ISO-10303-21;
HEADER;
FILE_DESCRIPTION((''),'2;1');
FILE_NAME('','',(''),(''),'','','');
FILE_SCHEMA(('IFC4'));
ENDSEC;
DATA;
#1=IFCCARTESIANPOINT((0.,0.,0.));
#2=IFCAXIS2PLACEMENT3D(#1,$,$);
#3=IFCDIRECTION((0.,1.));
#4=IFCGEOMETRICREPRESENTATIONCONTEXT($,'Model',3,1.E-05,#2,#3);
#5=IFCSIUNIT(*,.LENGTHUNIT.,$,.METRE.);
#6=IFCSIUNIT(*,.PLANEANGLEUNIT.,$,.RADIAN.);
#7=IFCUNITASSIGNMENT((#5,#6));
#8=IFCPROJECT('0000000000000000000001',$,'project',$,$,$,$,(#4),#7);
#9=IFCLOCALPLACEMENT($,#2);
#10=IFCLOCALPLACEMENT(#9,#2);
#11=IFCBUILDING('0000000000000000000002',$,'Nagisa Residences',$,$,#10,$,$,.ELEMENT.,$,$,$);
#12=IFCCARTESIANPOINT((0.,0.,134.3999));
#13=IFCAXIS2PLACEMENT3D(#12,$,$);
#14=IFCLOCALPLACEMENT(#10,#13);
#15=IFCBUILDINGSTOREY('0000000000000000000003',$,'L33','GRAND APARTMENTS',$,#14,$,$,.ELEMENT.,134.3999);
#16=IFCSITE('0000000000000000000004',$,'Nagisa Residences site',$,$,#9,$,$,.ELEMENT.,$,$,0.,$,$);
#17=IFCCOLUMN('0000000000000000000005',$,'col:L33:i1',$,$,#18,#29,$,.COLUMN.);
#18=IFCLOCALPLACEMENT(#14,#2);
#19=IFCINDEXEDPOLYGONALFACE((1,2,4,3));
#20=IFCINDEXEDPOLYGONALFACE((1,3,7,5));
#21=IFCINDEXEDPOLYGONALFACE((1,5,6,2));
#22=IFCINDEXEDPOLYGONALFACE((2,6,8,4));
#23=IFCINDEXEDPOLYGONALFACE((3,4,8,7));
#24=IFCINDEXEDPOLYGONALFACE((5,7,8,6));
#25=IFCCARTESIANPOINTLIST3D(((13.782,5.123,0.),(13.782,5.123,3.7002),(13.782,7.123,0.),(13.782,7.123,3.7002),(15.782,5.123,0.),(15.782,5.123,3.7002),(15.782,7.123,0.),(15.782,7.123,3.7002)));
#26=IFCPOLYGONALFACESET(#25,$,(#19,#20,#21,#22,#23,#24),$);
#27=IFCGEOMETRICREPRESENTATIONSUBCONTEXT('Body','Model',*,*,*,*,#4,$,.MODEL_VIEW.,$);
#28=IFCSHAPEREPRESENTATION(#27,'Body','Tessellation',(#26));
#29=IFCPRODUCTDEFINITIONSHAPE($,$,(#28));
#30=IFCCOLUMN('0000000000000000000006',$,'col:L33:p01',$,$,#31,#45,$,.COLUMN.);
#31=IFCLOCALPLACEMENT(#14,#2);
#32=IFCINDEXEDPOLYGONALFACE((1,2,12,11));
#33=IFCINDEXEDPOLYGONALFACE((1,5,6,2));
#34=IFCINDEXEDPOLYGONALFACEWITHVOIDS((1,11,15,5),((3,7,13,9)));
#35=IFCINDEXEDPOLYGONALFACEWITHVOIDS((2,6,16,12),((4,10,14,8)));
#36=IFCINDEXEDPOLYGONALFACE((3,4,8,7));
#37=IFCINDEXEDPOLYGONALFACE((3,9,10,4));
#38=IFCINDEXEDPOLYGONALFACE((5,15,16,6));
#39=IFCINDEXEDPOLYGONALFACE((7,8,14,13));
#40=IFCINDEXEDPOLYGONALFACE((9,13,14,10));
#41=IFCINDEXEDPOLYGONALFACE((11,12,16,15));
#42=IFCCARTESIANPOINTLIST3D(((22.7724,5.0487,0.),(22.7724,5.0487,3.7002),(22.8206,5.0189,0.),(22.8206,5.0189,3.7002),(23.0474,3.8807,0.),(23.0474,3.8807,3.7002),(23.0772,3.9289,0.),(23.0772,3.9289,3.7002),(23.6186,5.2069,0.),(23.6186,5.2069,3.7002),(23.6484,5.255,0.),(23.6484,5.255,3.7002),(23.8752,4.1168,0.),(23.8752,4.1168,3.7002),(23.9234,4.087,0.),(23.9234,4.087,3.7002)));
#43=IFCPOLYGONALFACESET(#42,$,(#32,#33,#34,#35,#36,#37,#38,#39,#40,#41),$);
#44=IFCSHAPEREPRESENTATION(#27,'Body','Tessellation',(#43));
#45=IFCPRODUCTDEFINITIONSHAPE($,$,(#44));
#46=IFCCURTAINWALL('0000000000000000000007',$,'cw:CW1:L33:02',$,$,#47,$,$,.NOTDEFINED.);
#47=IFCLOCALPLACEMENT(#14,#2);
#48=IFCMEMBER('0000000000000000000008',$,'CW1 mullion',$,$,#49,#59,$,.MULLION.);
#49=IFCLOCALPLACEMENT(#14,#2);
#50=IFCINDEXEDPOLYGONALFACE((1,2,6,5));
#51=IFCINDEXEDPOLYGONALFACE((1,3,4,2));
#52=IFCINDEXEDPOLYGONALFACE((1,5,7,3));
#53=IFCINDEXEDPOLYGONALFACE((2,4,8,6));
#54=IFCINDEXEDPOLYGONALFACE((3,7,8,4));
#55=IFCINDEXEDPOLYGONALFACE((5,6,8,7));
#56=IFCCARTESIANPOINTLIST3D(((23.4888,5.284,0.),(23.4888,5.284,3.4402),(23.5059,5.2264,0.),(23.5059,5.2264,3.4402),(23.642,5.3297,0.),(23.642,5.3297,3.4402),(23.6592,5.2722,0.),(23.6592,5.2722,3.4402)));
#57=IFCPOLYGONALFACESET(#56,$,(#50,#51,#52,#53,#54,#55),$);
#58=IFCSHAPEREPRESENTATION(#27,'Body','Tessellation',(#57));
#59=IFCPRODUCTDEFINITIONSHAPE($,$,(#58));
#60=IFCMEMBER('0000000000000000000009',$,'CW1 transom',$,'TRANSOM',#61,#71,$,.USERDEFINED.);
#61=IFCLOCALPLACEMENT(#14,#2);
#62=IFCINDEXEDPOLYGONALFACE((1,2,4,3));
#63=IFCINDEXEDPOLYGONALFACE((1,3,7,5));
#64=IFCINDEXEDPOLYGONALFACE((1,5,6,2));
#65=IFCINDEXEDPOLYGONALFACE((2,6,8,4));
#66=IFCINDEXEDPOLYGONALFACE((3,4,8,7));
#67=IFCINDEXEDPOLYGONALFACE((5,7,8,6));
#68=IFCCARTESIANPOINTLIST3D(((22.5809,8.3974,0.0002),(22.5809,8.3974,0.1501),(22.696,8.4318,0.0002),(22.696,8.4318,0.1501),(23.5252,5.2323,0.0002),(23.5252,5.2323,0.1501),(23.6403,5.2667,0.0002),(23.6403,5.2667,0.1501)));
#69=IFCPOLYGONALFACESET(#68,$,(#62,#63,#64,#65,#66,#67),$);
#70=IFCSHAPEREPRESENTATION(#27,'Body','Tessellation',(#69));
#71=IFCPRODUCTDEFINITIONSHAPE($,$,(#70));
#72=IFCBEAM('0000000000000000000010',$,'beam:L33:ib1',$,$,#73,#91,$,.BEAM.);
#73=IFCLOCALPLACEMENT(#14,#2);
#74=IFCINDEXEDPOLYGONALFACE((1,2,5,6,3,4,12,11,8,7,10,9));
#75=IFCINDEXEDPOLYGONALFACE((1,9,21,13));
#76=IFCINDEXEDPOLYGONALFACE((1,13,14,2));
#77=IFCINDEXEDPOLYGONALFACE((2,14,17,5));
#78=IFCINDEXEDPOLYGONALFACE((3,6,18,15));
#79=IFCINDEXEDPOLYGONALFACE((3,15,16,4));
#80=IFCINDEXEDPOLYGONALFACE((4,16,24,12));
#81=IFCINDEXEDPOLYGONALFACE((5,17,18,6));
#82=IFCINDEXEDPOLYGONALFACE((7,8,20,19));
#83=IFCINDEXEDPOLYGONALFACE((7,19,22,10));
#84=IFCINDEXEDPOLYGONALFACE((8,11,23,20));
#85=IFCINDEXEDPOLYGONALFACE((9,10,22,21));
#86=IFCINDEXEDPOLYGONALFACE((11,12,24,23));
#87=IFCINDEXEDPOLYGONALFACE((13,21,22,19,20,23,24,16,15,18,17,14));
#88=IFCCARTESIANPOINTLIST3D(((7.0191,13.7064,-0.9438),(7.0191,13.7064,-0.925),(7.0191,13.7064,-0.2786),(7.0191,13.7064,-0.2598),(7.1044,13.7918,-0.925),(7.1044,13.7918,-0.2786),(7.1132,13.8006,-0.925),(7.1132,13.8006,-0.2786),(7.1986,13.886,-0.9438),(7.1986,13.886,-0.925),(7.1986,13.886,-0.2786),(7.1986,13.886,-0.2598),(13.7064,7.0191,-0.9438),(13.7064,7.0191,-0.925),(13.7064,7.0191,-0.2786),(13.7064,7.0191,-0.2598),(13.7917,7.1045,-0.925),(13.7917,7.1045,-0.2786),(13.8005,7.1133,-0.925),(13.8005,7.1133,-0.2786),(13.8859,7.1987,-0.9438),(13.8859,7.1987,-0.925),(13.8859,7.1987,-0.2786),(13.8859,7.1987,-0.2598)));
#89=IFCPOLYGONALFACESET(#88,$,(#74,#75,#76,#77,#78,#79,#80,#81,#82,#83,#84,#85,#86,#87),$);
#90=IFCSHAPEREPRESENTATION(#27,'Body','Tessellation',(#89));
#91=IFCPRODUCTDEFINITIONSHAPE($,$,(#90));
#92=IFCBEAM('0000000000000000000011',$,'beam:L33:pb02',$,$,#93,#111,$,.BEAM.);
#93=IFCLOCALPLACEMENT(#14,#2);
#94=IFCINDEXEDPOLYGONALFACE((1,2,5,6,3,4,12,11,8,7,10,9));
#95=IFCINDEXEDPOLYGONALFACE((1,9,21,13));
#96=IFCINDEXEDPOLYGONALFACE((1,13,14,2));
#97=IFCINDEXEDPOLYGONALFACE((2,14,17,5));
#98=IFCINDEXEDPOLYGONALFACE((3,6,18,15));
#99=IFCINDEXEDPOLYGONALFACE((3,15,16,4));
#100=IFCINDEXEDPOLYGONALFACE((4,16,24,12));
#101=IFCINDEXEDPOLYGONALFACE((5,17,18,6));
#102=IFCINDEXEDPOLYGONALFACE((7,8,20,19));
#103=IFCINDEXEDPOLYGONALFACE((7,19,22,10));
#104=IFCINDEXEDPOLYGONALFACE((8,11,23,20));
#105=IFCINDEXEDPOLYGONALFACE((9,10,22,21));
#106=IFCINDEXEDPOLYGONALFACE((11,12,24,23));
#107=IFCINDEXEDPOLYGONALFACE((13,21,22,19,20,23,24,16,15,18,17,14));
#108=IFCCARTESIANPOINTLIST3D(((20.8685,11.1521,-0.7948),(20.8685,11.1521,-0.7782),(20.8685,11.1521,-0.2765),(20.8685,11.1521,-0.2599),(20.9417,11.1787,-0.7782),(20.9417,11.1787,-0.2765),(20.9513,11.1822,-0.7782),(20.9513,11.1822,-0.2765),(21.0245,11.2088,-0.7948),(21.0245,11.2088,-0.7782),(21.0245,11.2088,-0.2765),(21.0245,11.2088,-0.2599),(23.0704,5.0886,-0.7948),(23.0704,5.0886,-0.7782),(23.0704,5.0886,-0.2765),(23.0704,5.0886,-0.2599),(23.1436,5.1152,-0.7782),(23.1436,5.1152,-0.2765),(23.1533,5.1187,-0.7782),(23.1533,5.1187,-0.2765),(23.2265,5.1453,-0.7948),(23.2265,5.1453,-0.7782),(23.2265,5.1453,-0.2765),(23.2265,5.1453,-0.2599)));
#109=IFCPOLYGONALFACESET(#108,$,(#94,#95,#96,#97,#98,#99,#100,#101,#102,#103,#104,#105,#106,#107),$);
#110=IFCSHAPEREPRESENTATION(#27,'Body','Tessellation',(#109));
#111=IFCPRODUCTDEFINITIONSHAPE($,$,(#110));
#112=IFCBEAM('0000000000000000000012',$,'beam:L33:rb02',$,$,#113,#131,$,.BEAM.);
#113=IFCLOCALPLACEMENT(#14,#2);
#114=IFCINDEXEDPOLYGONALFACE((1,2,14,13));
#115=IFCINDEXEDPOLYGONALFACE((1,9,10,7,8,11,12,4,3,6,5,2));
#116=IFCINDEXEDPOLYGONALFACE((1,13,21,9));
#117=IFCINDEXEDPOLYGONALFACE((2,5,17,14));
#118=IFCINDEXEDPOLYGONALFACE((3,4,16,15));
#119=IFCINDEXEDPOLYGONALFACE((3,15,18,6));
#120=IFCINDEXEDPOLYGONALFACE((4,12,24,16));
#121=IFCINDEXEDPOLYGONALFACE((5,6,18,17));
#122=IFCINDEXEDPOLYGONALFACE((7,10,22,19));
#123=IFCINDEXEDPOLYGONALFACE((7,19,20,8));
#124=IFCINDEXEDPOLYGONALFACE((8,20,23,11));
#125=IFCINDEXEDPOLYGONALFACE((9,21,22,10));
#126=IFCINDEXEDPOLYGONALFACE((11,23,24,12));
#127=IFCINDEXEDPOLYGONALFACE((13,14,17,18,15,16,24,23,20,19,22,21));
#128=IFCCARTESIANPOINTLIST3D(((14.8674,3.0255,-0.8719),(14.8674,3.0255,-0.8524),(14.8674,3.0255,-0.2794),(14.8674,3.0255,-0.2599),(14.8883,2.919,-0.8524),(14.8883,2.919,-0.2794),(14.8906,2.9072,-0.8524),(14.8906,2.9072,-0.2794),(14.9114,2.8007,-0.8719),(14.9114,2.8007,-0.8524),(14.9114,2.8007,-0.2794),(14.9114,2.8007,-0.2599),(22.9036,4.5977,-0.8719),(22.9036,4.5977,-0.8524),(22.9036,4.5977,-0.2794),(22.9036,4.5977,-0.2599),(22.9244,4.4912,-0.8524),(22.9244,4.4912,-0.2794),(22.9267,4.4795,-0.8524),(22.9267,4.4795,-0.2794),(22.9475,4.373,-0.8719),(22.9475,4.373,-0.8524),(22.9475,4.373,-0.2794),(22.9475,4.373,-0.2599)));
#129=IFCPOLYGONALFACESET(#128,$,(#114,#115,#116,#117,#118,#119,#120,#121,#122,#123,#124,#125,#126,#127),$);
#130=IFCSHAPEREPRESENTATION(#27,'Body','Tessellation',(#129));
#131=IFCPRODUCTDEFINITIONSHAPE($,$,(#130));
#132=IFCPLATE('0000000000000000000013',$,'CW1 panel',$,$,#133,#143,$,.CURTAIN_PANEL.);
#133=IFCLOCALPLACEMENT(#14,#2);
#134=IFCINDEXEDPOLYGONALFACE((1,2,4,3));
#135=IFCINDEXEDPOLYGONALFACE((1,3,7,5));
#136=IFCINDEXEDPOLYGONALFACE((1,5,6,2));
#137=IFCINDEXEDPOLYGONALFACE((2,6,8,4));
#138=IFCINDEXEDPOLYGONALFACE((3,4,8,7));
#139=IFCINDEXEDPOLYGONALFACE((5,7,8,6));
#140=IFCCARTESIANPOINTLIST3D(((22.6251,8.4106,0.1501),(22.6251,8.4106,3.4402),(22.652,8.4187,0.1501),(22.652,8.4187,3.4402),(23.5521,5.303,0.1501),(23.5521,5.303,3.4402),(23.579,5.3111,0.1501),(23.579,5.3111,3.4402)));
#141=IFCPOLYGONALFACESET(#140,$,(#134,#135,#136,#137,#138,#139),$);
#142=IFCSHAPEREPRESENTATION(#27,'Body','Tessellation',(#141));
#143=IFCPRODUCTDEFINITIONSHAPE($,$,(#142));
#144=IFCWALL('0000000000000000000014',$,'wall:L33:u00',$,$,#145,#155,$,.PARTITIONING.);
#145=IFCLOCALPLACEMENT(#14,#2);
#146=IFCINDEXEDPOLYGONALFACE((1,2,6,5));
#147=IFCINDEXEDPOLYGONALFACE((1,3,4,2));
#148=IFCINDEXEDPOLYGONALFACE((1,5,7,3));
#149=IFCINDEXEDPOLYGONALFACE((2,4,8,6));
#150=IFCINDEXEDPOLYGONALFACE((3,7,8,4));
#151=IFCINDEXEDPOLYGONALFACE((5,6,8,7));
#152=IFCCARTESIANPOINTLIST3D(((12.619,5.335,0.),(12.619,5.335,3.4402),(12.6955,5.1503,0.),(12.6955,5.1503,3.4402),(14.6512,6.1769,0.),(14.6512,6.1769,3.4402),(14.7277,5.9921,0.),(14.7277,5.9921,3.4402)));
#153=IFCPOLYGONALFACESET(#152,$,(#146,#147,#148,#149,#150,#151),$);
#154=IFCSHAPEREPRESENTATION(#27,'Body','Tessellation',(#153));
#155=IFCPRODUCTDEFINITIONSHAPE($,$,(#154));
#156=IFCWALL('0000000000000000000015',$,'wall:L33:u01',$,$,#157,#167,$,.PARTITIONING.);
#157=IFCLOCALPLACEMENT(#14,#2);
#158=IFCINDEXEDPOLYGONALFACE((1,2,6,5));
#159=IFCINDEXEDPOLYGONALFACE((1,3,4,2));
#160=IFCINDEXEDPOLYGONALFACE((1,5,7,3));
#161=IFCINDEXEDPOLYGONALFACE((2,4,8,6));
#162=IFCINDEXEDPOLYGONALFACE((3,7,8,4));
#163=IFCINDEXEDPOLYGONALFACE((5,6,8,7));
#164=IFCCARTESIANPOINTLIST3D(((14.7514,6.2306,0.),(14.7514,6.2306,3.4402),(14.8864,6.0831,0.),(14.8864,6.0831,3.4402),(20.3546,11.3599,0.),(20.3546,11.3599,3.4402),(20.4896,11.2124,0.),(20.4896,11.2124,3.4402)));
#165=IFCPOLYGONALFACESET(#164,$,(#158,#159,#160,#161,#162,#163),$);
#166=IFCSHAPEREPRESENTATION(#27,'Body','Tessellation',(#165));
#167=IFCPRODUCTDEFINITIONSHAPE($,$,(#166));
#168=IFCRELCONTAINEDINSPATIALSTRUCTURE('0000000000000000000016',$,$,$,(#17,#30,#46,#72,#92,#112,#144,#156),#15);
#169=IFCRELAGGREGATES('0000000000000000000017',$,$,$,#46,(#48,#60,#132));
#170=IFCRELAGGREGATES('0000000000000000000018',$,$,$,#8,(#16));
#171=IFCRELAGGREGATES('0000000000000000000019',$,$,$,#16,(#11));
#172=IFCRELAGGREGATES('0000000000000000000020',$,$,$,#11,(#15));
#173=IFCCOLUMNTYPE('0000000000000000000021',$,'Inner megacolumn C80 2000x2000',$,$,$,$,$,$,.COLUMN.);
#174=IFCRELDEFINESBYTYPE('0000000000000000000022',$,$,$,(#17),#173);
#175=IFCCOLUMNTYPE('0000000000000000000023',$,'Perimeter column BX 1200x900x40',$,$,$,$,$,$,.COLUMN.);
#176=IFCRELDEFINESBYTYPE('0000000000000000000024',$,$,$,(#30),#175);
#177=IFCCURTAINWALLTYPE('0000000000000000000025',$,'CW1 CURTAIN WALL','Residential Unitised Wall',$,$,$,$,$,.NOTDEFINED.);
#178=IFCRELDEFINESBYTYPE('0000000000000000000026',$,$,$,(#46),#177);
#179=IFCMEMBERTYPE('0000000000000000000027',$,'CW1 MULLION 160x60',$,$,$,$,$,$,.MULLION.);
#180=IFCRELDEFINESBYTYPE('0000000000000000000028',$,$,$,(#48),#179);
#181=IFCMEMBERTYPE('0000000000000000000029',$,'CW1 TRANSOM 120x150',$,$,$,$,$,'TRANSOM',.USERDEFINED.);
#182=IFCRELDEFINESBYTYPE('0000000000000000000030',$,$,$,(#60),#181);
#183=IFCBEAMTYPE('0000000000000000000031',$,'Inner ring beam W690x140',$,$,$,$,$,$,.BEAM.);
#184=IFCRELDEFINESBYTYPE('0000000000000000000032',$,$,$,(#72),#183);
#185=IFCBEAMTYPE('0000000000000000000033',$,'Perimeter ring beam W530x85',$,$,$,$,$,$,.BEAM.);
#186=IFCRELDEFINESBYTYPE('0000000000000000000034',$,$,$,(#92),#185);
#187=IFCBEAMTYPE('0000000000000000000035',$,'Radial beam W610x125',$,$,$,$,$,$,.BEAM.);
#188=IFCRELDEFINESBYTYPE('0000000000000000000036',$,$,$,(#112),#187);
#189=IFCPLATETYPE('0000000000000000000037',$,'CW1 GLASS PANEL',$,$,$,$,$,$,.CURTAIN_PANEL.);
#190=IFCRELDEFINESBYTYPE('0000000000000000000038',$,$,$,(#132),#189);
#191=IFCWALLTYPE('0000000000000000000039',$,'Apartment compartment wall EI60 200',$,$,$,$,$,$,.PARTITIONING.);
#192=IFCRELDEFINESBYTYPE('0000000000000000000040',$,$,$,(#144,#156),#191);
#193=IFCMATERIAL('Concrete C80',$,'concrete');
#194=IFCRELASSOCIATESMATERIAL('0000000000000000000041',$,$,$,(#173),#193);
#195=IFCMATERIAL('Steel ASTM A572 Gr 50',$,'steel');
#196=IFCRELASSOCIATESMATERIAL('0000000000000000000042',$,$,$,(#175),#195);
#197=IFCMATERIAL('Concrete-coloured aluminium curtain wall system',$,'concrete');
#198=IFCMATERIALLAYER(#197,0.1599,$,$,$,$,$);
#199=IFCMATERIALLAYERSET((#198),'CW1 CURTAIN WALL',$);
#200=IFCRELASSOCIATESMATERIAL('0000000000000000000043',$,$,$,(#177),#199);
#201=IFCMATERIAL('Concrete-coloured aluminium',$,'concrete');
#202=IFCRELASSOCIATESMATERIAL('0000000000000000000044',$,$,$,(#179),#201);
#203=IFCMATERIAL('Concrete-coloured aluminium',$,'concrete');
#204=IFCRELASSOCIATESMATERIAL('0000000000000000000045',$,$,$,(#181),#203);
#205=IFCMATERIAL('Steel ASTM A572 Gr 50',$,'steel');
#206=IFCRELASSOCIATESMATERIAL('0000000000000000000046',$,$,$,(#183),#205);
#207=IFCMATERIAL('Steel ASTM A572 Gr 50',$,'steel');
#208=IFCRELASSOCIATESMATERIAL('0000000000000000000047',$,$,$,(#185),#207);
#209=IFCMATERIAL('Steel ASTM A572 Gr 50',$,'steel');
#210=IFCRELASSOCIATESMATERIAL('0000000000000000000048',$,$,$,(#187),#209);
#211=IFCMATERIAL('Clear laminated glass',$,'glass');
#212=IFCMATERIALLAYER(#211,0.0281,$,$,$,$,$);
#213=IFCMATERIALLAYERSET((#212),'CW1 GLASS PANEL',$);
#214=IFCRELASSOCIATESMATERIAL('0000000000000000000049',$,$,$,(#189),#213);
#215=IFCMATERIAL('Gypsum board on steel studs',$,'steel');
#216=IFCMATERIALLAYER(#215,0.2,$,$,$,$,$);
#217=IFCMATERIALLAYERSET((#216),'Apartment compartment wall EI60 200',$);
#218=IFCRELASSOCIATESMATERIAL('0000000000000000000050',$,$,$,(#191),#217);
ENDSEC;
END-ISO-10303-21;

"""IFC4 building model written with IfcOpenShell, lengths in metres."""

from ifc_helpers import new_model, si_unit, direction, frame, frame_2d, origin, origin_2d, place, context, subcontext, project, spatial, rectangle, hollow_rectangle, i_section, extrude, material, layer, layer_set, material_profile, profile_set, type_object, element, aggregate, save


model = new_model("IFC4")

# Units and contexts
model_context = context("Model", 3, precision=1e-05, world=origin(), true_north=direction((0.0, 1.0)))
body_context = subcontext(model_context, "Body", "Model", "MODEL_VIEW")
ifc_project = project(units=[si_unit("LENGTHUNIT", "METRE"), si_unit("PLANEANGLEUNIT", "RADIAN")], contexts=[model_context])

# Site, building, storey
site_placement = place(None, origin())
site = spatial("IfcSite", under=ifc_project, at=site_placement, Name="Nagisa Residences site", CompositionType="ELEMENT", RefElevation=0.0)
building_placement = place(site_placement, origin())
building = spatial("IfcBuilding", under=site, at=building_placement, Name="Nagisa Residences", CompositionType="ELEMENT")
storey_placement = place(building_placement, frame((0.0, 0.0, 134.3999)))
storey = spatial("IfcBuildingStorey", under=building, at=storey_placement, Name="L33", Description="GRAND APARTMENTS", CompositionType="ELEMENT", Elevation=134.3999)

# Columns
ifc_material_1 = material(Name="Concrete C80", Category="concrete")
ifc_material_profile_1 = material_profile(ifc_material_1, rectangle(XDim=2.0, YDim=2.0, at=origin_2d()), Name="C80 2000x2000")
ifc_profile_set_1 = profile_set([ifc_material_profile_1], Name="Concrete C80")
column_type_1 = type_object("IfcColumnType", Name="Inner megacolumn C80 2000x2000", PredefinedType="COLUMN", material=ifc_profile_set_1)
column_1_placement = place(storey_placement, frame((14.782, 6.123, 0.0), z_axis=(0.0, 0.0, 1.0), x_axis=(1.0, 0.0, 0.0)))
element("IfcColumn", 1, at=column_1_placement, inside=storey, type_object=column_type_1, Name="col:L33:i1", PredefinedType="COLUMN", context=body_context, shape_type="SweptSolid", body=[
    extrude(rectangle(XDim=2.0, YDim=2.0, at=origin_2d()), origin(), (0.0, 0.0, 1.0), 3.7002),
])
ifc_material_2 = material(Name="Steel ASTM A572 Gr 50", Category="steel")
ifc_material_profile_2 = material_profile(ifc_material_2, hollow_rectangle(XDim=1.2, YDim=0.8999, WallThickness=0.04, at=origin_2d()), Name="BX 1200x900x40")
ifc_profile_set_2 = profile_set([ifc_material_profile_2], Name="Steel ASTM A572 Gr 50")
column_type_2 = type_object("IfcColumnType", Name="Perimeter column BX 1200x900x40", PredefinedType="COLUMN", material=ifc_profile_set_2)
column_2_placement = place(storey_placement, frame((23.3479, 4.5679, 0.0), z_axis=(0.0, 0.0, 1.0), x_axis=(-0.229202, 0.973379, 0.0)))
element("IfcColumn", 2, at=column_2_placement, inside=storey, type_object=column_type_2, Name="col:L33:p01", PredefinedType="COLUMN", context=body_context, shape_type="SweptSolid", body=[
    extrude(hollow_rectangle(XDim=1.2, YDim=0.8999, WallThickness=0.04, at=origin_2d()), origin(), (0.0, 0.0, 1.0), 3.7002),
])

# Curtain wall, members
ifc_material_3 = material(Name="Concrete-coloured aluminium curtain wall system", Category="concrete")
ifc_layer_1 = layer(ifc_material_3, 0.1599)
ifc_layer_set_1 = layer_set([ifc_layer_1], Name="CW1 CURTAIN WALL")
curtain_wall_type = type_object("IfcCurtainWallType", Name="CW1 CURTAIN WALL", Description="Residential Unitised Wall", PredefinedType="NOTDEFINED", material=ifc_layer_set_1)
curtain_wall_placement = place(storey_placement, origin())
curtain_wall = element("IfcCurtainWall", 3, at=curtain_wall_placement, inside=storey, type_object=curtain_wall_type, Name="cw:CW1:L33:02", PredefinedType="NOTDEFINED")
ifc_material_4 = material(Name="Concrete-coloured aluminium", Category="concrete")
ifc_material_profile_3 = material_profile(ifc_material_4, rectangle(XDim=0.1599, YDim=0.0601, at=origin_2d()), Name="CW1 MULLION 160x60")
ifc_profile_set_3 = profile_set([ifc_material_profile_3], Name="Concrete-coloured aluminium")
member_type_1 = type_object("IfcMemberType", Name="CW1 MULLION 160x60", PredefinedType="MULLION", material=ifc_profile_set_3)
member_1_placement = place(storey_placement, frame((23.574, 5.2781, 0.0), z_axis=(0.0, 0.0, 1.0), x_axis=(-0.958271, -0.28586, 0.0)))
member_1 = element("IfcMember", 4, at=member_1_placement, type_object=member_type_1, Name="CW1 mullion", PredefinedType="MULLION", context=body_context, shape_type="SweptSolid", body=[
    extrude(rectangle(XDim=0.1599, YDim=0.0601, at=origin_2d()), origin(), (0.0, 0.0, 1.0), 3.4402),
])
ifc_material_5 = material(Name="Concrete-coloured aluminium", Category="concrete")
ifc_material_profile_4 = material_profile(ifc_material_5, rectangle(XDim=0.1201, YDim=0.1499, at=origin_2d()), Name="CW1 TRANSOM 120x150")
ifc_profile_set_4 = profile_set([ifc_material_profile_4], Name="Concrete-coloured aluminium")
member_type_2 = type_object("IfcMemberType", Name="CW1 TRANSOM 120x150", ElementType="TRANSOM", PredefinedType="USERDEFINED", material=ifc_profile_set_4)
member_2_placement = place(storey_placement, frame((23.5828, 5.2495, 0.0752), z_axis=(-0.28591, 0.958257, 0.0), x_axis=(-0.958257, -0.28591, 0.0)))
member_2 = element("IfcMember", 5, at=member_2_placement, type_object=member_type_2, Name="CW1 transom", ObjectType="TRANSOM", PredefinedType="USERDEFINED", context=body_context, shape_type="SweptSolid", body=[
    extrude(rectangle(XDim=0.1201, YDim=0.1499, at=origin_2d()), origin(), (0.0, 0.0, 1.0), 3.303),
])

# Beams
ifc_material_6 = material(Name="Steel ASTM A572 Gr 50", Category="steel")
ifc_material_profile_5 = material_profile(ifc_material_6, i_section(OverallWidth=0.2539, OverallDepth=0.6841, WebThickness=0.0125, FlangeThickness=0.0188, at=origin_2d()), Name="W690x140")
ifc_profile_set_5 = profile_set([ifc_material_profile_5], Name="Steel ASTM A572 Gr 50")
beam_type_1 = type_object("IfcBeamType", Name="Inner ring beam W690x140", PredefinedType="BEAM", material=ifc_profile_set_5)
beam_1_placement = place(storey_placement, frame((13.7961, 7.1089, -0.6018), z_axis=(-0.707107, 0.707107, 0.0), x_axis=(-0.707107, -0.707107, 0.0)))
element("IfcBeam", 6, at=beam_1_placement, inside=storey, type_object=beam_type_1, Name="beam:L33:ib1", PredefinedType="BEAM", context=body_context, shape_type="SweptSolid", body=[
    extrude(i_section(OverallWidth=0.2539, OverallDepth=0.6841, WebThickness=0.0125, FlangeThickness=0.0188, at=origin_2d()), origin(), (0.0, 0.0, 1.0), 9.4573),
])
ifc_material_7 = material(Name="Steel ASTM A572 Gr 50", Category="steel")
ifc_material_profile_6 = material_profile(ifc_material_7, i_section(OverallWidth=0.166, OverallDepth=0.5349, WebThickness=0.0103, FlangeThickness=0.0166, at=origin_2d()), Name="W530x85")
ifc_profile_set_6 = profile_set([ifc_material_profile_6], Name="Steel ASTM A572 Gr 50")
beam_type_2 = type_object("IfcBeamType", Name="Perimeter ring beam W530x85", PredefinedType="BEAM", material=ifc_profile_set_6)
beam_2_placement = place(storey_placement, frame((23.1484, 5.1169, -0.5273), z_axis=(-0.341333, 0.939943, 0.0), x_axis=(-0.939943, -0.341333, 0.0)))
element("IfcBeam", 7, at=beam_2_placement, inside=storey, type_object=beam_type_2, Name="beam:L33:pb02", PredefinedType="BEAM", context=body_context, shape_type="SweptSolid", body=[
    extrude(i_section(OverallWidth=0.166, OverallDepth=0.5349, WebThickness=0.0103, FlangeThickness=0.0166, at=origin_2d()), origin(), (0.0, 0.0, 1.0), 6.4509),
])
ifc_material_8 = material(Name="Steel ASTM A572 Gr 50", Category="steel")
ifc_material_profile_7 = material_profile(ifc_material_8, i_section(OverallWidth=0.229, OverallDepth=0.6121, WebThickness=0.012, FlangeThickness=0.0195, at=origin_2d()), Name="W610x125")
ifc_profile_set_7 = profile_set([ifc_material_profile_7], Name="Steel ASTM A572 Gr 50")
beam_type_3 = type_object("IfcBeamType", Name="Radial beam W610x125", PredefinedType="BEAM", material=ifc_profile_set_7)
beam_3_placement = place(storey_placement, frame((22.9255, 4.4854, -0.5659), z_axis=(-0.981393, -0.192009, 0.0), x_axis=(0.192009, -0.981393, 0.0)))
element("IfcBeam", 8, at=beam_3_placement, inside=storey, type_object=beam_type_3, Name="beam:L33:rb02", PredefinedType="BEAM", context=body_context, shape_type="SweptSolid", body=[
    extrude(i_section(OverallWidth=0.229, OverallDepth=0.6121, WebThickness=0.012, FlangeThickness=0.0195, at=origin_2d()), origin(), (0.0, 0.0, 1.0), 8.1885),
])

# Plate
ifc_material_9 = material(Name="Clear laminated glass", Category="glass")
ifc_layer_2 = layer(ifc_material_9, 0.0281)
ifc_layer_set_2 = layer_set([ifc_layer_2], Name="CW1 GLASS PANEL")
plate_type = type_object("IfcPlateType", Name="CW1 GLASS PANEL", PredefinedType="CURTAIN_PANEL", material=ifc_layer_set_2)
plate_placement = place(storey_placement, frame((23.1021, 6.8608, 0.1501), z_axis=(0.0, 0.0, 1.0), x_axis=(-0.28586, 0.958271, 0.0)))
plate = element("IfcPlate", 9, at=plate_placement, type_object=plate_type, Name="CW1 panel", PredefinedType="CURTAIN_PANEL", context=body_context, shape_type="SweptSolid", body=[
    extrude(rectangle(XDim=3.2429, YDim=0.0281, at=origin_2d()), origin(), (0.0, 0.0, 1.0), 3.29),
])
aggregate(curtain_wall, [member_1, member_2, plate])

# Walls
ifc_material_10 = material(Name="Gypsum board on steel studs", Category="steel")
ifc_layer_3 = layer(ifc_material_10, 0.2)
ifc_layer_set_3 = layer_set([ifc_layer_3], Name="Apartment compartment wall EI60 200")
wall_type_1 = type_object("IfcWallType", Name="Apartment compartment wall EI60 200", PredefinedType="PARTITIONING", material=ifc_layer_set_3)
wall_1_placement = place(storey_placement, frame((12.6572, 5.2427, 0.0), z_axis=(0.0, 0.0, 1.0), x_axis=(0.923876, 0.382692, 0.0)))
element("IfcWall", 10, at=wall_1_placement, inside=storey, type_object=wall_type_1, Name="wall:L33:u00", PredefinedType="PARTITIONING", context=body_context, shape_type="SweptSolid", body=[
    extrude(rectangle(XDim=2.1997, YDim=0.2, at=frame_2d((1.0999, 0.0))), origin(), (0.0, 0.0, 1.0), 3.4402),
])
wall_2_placement = place(storey_placement, frame((14.8188, 6.1567, 0.0), z_axis=(0.0, 0.0, 1.0), x_axis=(0.737609, 0.675228, 0.0)))
element("IfcWall", 11, at=wall_2_placement, inside=storey, type_object=wall_type_1, Name="wall:L33:u01", PredefinedType="PARTITIONING", context=body_context, shape_type="SweptSolid", body=[
    extrude(rectangle(XDim=7.5964, YDim=0.2, at=frame_2d((3.7983, 0.0))), origin(), (0.0, 0.0, 1.0), 3.4402),
])

save(model, "model.ifc")
